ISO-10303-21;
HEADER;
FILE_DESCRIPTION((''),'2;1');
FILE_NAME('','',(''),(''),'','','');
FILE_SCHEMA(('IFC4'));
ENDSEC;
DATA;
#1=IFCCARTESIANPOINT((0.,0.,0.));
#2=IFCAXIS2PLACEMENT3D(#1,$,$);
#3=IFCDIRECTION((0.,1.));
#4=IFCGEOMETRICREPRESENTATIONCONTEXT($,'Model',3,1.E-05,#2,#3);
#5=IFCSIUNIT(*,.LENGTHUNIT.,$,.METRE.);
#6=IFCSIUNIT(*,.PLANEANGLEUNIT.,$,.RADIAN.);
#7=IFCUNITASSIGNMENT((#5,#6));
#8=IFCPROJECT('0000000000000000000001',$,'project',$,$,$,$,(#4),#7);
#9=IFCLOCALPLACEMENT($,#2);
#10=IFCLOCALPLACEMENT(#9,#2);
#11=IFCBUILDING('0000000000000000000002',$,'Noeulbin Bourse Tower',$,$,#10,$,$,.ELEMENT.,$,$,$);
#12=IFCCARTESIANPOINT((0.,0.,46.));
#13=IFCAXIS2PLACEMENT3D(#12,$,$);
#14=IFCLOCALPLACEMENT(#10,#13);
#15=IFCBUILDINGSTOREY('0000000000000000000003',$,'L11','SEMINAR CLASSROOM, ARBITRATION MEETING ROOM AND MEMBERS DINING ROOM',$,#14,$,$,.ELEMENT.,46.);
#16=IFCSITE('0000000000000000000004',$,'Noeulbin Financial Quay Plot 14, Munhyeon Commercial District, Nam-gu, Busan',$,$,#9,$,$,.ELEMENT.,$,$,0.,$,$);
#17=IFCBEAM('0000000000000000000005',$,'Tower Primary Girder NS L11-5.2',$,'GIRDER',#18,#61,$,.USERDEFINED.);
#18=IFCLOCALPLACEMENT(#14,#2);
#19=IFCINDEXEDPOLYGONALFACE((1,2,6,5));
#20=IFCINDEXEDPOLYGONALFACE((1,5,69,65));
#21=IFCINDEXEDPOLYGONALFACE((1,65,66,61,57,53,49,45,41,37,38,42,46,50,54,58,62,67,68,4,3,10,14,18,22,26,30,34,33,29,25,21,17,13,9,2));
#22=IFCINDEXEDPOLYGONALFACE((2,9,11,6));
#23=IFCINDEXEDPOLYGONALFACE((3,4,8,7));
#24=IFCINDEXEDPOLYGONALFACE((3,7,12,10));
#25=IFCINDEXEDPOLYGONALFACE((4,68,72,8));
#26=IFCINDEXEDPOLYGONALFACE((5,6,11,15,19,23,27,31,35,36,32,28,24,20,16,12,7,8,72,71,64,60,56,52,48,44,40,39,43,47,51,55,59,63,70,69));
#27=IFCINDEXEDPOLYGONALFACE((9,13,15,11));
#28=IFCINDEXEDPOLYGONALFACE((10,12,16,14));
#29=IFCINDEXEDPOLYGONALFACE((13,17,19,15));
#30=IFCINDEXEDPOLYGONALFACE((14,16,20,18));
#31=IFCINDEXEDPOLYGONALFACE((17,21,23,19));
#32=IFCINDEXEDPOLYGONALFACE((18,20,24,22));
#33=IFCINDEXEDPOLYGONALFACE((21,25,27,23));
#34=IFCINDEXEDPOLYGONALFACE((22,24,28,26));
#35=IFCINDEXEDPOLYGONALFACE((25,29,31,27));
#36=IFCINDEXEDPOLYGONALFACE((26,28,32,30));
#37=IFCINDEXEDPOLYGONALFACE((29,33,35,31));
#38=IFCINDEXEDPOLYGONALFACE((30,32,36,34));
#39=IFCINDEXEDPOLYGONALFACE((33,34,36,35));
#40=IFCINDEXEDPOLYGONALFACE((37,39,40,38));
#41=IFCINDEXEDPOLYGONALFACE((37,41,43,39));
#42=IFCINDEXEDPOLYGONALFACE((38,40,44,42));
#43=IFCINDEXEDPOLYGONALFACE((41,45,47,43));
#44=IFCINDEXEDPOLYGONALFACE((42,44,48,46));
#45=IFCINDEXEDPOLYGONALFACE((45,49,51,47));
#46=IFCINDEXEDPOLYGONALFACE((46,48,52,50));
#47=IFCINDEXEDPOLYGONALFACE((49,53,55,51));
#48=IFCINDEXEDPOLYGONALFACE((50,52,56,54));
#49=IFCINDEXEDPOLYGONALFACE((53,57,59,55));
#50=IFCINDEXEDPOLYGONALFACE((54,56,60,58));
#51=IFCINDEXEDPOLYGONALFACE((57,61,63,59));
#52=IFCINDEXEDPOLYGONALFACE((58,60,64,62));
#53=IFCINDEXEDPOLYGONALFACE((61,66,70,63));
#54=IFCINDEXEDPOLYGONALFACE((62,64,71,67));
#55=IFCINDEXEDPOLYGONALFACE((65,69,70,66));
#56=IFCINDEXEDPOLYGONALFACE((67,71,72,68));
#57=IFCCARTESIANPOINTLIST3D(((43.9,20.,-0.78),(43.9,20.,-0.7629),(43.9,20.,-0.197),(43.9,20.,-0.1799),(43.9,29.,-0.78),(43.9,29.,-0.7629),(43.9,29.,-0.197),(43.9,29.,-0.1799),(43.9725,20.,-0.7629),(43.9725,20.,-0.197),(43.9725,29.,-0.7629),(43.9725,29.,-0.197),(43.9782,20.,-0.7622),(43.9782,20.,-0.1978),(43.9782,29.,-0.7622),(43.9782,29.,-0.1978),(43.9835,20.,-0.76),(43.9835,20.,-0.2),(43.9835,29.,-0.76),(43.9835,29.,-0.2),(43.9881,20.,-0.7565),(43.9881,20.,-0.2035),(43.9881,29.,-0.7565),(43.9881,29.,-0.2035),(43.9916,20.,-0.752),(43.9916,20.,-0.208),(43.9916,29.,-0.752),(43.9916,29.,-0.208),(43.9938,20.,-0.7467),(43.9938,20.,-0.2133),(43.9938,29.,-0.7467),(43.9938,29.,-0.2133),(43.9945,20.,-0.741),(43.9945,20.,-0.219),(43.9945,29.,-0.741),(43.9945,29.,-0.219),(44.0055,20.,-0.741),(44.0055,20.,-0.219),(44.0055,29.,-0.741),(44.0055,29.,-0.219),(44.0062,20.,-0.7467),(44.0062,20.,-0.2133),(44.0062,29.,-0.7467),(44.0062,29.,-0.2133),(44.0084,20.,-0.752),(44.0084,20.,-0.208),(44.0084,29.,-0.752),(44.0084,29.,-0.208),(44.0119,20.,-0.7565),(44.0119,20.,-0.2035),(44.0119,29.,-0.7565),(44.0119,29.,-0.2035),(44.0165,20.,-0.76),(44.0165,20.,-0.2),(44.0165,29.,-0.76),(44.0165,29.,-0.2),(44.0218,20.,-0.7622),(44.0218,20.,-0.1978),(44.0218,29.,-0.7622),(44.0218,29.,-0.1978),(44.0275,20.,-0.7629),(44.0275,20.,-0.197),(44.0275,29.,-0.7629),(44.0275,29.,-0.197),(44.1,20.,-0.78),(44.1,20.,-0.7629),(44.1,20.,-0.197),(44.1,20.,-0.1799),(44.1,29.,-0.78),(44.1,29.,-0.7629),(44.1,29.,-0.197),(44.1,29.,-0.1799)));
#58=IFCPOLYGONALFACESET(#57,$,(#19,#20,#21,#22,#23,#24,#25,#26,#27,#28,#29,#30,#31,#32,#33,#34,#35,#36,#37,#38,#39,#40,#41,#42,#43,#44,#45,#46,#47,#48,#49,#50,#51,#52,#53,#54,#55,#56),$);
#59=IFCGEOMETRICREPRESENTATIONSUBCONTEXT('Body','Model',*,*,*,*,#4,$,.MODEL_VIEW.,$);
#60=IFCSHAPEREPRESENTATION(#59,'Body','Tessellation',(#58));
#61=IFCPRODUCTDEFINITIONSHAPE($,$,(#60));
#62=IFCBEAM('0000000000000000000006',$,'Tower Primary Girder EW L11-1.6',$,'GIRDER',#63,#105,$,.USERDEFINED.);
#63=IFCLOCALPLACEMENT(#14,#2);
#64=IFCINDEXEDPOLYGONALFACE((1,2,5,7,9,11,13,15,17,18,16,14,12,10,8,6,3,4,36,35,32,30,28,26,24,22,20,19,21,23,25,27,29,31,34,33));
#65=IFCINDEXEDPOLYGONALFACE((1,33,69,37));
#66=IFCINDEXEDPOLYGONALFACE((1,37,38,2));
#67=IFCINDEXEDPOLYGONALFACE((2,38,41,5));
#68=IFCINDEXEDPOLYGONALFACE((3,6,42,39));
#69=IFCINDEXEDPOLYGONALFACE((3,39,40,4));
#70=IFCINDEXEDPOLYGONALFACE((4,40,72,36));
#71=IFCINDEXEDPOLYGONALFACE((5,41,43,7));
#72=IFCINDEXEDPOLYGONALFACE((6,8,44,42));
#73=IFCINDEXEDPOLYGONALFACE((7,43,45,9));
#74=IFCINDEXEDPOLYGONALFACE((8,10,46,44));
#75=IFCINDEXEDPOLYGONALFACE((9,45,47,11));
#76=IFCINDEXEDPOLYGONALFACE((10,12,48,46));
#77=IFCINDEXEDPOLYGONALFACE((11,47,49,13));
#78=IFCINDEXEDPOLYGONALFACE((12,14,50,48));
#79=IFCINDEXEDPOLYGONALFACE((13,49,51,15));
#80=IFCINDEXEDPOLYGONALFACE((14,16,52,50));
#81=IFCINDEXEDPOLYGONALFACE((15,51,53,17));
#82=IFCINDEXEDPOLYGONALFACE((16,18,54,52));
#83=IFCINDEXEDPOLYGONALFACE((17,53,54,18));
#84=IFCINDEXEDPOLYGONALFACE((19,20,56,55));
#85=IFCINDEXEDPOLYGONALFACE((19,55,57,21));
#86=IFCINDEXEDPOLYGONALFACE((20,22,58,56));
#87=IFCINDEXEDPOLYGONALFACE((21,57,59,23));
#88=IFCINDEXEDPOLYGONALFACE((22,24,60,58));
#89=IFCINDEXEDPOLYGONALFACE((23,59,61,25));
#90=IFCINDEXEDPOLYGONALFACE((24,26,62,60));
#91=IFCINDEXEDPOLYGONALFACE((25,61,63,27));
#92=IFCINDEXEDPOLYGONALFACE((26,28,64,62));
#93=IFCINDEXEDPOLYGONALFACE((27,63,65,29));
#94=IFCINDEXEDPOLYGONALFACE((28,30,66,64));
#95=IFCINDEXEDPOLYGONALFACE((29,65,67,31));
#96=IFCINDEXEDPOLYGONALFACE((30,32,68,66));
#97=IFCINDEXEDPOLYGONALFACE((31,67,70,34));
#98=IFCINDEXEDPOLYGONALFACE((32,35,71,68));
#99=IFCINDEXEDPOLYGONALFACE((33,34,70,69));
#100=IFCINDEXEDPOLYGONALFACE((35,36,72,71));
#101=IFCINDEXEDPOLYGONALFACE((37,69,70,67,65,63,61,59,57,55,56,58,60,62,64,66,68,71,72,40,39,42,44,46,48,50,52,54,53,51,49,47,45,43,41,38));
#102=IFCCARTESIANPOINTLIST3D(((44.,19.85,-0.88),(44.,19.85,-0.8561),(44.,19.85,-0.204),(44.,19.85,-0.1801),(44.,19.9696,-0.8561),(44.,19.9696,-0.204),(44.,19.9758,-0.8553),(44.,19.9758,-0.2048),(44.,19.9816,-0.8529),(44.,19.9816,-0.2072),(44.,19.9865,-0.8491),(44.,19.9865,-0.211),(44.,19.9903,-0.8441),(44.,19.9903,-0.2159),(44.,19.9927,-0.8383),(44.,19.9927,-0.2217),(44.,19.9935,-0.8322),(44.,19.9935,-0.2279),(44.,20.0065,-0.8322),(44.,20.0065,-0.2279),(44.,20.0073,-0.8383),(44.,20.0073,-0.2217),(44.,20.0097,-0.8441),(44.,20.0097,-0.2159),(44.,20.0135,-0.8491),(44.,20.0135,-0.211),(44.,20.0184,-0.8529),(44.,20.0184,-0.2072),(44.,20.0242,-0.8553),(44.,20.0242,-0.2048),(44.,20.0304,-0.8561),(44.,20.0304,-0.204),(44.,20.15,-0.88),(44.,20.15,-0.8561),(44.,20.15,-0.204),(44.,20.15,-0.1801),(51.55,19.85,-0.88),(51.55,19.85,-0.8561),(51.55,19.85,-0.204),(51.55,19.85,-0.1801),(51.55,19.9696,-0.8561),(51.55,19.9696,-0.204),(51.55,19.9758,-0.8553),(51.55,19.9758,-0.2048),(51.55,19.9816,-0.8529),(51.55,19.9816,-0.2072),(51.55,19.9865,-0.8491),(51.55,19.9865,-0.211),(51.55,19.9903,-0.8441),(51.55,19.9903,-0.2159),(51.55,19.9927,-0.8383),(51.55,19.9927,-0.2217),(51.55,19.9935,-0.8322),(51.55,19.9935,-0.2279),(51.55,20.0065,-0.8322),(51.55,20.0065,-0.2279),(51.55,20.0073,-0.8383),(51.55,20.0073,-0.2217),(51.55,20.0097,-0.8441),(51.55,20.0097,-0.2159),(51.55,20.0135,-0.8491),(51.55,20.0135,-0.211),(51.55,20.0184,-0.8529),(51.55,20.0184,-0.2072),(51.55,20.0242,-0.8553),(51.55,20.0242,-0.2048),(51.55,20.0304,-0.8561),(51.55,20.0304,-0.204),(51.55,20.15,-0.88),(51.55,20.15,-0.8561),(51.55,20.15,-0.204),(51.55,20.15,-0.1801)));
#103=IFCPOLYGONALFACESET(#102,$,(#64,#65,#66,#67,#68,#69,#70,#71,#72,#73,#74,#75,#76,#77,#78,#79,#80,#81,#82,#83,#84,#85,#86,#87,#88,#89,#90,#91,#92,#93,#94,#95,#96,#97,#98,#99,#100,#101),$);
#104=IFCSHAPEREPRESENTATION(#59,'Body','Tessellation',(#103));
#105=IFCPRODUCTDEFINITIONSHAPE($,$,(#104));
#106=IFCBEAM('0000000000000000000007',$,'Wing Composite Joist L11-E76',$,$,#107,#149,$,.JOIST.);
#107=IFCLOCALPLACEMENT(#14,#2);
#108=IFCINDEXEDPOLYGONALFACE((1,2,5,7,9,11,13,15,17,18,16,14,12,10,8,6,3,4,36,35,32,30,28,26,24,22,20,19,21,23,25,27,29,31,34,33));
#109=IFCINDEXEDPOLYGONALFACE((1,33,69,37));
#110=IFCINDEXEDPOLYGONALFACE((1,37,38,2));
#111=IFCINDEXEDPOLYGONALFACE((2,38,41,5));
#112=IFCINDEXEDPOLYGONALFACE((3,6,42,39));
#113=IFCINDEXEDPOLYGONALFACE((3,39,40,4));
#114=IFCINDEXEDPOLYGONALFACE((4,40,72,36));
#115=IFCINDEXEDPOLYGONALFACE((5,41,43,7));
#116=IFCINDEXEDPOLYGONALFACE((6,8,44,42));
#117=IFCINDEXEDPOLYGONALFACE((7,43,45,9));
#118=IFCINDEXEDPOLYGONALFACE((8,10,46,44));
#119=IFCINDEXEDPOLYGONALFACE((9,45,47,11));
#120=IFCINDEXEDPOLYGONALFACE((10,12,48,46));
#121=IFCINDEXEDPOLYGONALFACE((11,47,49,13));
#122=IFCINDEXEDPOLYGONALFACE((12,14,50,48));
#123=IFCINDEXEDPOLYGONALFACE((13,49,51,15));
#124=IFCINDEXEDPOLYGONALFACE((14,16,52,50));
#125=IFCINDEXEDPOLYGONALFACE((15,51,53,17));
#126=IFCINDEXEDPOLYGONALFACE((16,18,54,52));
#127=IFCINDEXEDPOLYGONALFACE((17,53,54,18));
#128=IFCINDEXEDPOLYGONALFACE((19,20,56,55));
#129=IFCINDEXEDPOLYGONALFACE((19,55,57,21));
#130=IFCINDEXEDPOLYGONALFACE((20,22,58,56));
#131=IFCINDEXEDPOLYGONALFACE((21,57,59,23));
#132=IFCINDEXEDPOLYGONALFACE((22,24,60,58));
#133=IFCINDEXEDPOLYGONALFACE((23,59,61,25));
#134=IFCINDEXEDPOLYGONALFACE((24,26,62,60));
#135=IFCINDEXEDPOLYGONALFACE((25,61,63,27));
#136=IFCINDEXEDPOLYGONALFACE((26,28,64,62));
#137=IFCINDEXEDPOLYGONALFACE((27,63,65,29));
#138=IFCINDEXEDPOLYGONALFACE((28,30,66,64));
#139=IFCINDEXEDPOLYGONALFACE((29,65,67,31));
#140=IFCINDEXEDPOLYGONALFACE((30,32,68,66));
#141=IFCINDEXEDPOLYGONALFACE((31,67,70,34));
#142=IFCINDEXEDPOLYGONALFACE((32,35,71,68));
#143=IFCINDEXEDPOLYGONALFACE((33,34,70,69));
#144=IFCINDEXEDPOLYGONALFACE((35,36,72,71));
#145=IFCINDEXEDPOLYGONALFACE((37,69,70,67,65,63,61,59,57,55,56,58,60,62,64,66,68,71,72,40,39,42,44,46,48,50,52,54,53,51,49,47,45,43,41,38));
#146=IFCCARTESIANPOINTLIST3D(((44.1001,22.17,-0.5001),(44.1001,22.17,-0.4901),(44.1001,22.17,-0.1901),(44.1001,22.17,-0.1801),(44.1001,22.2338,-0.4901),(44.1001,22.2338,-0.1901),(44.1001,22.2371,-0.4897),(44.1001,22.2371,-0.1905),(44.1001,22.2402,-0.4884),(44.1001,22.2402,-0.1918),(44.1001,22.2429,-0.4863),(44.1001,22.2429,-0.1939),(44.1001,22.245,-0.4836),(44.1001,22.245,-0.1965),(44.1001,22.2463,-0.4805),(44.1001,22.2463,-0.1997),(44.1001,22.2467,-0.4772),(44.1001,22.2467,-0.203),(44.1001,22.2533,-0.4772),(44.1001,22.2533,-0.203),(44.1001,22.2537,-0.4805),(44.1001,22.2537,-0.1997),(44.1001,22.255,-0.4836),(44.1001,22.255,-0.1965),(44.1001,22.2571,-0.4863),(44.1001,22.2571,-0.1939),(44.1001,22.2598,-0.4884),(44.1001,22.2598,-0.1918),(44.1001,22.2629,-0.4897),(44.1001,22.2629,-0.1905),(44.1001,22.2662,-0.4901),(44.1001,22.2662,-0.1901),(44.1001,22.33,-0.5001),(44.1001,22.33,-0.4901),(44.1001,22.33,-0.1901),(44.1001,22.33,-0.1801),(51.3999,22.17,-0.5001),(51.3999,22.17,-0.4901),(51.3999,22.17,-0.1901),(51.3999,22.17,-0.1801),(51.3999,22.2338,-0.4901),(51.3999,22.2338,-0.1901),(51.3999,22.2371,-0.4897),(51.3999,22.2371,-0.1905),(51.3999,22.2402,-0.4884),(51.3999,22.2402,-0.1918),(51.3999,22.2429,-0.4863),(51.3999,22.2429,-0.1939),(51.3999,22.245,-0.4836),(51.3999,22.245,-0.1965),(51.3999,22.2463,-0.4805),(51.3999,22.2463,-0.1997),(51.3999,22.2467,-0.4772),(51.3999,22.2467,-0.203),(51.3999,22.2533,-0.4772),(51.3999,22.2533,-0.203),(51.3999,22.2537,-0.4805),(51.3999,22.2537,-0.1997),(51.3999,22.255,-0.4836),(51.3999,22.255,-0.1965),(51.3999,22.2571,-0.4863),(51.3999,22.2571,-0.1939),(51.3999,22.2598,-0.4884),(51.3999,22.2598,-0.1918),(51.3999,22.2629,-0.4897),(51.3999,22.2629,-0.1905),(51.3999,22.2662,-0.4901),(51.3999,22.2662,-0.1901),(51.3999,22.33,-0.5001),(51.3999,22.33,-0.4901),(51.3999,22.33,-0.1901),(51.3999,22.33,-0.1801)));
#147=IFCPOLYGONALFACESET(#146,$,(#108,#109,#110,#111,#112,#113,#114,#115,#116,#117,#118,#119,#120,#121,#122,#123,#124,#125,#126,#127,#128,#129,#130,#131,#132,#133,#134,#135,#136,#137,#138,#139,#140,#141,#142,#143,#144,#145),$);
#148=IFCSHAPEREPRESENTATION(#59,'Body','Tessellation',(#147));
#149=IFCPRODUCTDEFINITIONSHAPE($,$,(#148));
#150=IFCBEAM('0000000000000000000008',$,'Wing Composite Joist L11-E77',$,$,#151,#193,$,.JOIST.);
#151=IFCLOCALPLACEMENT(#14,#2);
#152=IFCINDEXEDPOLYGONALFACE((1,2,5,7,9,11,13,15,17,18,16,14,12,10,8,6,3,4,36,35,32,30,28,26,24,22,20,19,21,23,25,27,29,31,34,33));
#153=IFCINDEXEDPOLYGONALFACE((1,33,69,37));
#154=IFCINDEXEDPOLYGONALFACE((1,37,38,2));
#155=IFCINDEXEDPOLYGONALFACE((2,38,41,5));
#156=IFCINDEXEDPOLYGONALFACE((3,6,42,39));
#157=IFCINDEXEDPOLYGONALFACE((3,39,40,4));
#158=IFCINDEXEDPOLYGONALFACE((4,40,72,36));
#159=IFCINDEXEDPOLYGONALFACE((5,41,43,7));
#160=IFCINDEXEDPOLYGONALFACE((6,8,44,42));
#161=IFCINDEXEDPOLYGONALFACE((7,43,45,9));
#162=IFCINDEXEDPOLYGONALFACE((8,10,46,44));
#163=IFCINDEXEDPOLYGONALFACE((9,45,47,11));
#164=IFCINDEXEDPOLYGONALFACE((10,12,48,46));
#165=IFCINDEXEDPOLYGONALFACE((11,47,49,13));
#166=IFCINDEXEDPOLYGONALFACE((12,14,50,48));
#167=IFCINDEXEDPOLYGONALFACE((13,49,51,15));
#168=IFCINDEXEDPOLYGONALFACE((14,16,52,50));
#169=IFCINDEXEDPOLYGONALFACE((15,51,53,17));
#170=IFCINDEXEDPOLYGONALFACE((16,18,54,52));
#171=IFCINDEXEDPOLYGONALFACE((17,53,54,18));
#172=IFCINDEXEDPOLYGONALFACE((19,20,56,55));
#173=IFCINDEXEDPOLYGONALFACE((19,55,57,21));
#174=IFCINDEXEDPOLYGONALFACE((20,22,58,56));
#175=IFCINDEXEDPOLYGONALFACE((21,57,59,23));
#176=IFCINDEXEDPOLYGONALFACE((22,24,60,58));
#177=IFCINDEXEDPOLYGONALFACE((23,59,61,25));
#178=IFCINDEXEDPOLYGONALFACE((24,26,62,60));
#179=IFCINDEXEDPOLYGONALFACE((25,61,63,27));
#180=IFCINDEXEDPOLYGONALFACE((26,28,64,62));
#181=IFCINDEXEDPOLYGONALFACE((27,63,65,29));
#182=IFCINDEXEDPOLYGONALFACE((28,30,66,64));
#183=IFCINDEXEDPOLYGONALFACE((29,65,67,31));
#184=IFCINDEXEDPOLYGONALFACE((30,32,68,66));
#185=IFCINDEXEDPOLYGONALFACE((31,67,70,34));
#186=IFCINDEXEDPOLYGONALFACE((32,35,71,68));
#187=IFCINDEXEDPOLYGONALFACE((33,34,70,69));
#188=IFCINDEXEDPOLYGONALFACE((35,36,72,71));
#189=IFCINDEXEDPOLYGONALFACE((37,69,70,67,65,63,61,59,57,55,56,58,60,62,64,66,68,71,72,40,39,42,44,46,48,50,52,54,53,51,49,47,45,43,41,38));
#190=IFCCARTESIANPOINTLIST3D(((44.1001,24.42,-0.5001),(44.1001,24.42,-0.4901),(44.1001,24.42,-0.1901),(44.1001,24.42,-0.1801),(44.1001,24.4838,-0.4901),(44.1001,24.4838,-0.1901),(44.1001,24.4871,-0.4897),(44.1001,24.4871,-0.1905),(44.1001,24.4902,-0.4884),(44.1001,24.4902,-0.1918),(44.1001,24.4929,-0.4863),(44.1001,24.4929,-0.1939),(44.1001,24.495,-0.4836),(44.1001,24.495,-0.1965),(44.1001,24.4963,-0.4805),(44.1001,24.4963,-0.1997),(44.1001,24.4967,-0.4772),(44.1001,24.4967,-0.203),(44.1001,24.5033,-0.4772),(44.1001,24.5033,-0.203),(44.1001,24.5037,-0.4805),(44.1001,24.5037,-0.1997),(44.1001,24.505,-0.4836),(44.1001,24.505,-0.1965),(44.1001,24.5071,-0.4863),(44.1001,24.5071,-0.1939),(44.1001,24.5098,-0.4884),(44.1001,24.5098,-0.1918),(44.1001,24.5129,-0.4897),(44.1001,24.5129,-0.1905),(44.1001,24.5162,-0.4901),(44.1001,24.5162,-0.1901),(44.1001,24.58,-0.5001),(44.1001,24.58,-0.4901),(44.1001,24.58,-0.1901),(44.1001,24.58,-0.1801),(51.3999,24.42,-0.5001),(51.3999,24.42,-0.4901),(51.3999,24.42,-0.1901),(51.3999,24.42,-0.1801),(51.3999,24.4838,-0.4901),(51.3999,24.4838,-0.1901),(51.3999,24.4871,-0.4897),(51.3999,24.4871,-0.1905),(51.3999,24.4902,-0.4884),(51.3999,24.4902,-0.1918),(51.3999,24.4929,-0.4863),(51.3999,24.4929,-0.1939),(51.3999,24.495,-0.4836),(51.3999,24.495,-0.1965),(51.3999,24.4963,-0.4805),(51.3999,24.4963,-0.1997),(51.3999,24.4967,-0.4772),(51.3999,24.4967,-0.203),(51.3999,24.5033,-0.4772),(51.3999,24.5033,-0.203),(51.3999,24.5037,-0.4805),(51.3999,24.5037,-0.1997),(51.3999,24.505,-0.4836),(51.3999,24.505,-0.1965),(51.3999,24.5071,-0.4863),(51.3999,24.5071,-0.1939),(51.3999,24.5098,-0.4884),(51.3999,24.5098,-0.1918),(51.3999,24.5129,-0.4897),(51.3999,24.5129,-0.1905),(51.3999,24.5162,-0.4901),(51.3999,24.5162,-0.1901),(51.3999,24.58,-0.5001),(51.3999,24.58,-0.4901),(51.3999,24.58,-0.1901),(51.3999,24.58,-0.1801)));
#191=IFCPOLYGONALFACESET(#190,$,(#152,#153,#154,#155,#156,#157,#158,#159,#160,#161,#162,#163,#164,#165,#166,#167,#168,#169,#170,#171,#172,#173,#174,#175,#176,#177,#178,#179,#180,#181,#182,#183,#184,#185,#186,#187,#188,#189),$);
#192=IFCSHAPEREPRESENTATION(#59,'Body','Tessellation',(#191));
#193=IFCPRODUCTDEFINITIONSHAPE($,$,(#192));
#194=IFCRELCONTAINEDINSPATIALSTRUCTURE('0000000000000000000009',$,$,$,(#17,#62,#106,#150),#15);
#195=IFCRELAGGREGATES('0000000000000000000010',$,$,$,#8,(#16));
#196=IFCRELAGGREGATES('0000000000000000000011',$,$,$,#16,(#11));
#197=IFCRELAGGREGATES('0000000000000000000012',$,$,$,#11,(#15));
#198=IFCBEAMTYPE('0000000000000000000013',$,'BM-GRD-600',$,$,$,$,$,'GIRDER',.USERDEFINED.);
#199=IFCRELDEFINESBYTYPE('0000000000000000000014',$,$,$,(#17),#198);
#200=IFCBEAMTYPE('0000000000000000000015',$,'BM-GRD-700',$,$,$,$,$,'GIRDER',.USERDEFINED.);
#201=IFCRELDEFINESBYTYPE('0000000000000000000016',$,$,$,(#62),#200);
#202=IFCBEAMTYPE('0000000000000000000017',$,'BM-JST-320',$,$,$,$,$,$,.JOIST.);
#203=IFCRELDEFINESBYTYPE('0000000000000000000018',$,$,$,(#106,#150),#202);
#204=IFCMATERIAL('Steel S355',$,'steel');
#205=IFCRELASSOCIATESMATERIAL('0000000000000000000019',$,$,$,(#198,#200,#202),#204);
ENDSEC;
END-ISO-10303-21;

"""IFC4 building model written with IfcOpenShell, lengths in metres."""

from ifc_helpers import new_model, si_unit, direction, frame, origin, origin_2d, place, context, subcontext, project, spatial, i_section, extrude, material, material_profile, profile_set, type_object, element, save


model = new_model("IFC4")

# Units and contexts
model_context = context("Model", 3, precision=1e-05, world=origin(), true_north=direction((0.0, 1.0)))
body_context = subcontext(model_context, "Body", "Model", "MODEL_VIEW")
ifc_project = project(units=[si_unit("LENGTHUNIT", "METRE"), si_unit("PLANEANGLEUNIT", "RADIAN")], contexts=[model_context])

# Site, building, storey
site_placement = place(None, origin())
site = spatial("IfcSite", under=ifc_project, at=site_placement, Name="Noeulbin Financial Quay Plot 14, Munhyeon Commercial District, Nam-gu, Busan", CompositionType="ELEMENT", RefElevation=0.0)
building_placement = place(site_placement, origin())
building = spatial("IfcBuilding", under=site, at=building_placement, Name="Noeulbin Bourse Tower", CompositionType="ELEMENT")
storey_placement = place(building_placement, frame((0.0, 0.0, 46.0)))
storey = spatial("IfcBuildingStorey", under=building, at=storey_placement, Name="L11", Description="SEMINAR CLASSROOM, ARBITRATION MEETING ROOM AND MEMBERS DINING ROOM", CompositionType="ELEMENT", Elevation=46.0)

# Beams
ifc_material_1 = material(Name="Steel S355", Category="steel")
ifc_material_profile_1 = material_profile(ifc_material_1, i_section(OverallWidth=0.2, OverallDepth=0.6001, WebThickness=0.011, FlangeThickness=0.0171, FilletRadius=0.022, at=origin_2d()), Name="H-600x200x11x17", Category="LoadBearing")
ifc_profile_set_1 = profile_set([ifc_material_profile_1], Name="Steel S355")
beam_type_1 = type_object("IfcBeamType", Name="BM-GRD-600", ElementType="GIRDER", PredefinedType="USERDEFINED", material=ifc_profile_set_1)
beam_1_placement = place(storey_placement, frame((44.0, 20.0, -0.48), z_axis=(0.0, 1.0, 0.0), x_axis=(-1.0, 0.0, 0.0)))
element("IfcBeam", 1, at=beam_1_placement, inside=storey, type_object=beam_type_1, Name="Tower Primary Girder NS L11-5.2", ObjectType="GIRDER", PredefinedType="USERDEFINED", context=body_context, shape_type="SweptSolid", body=[
    extrude(i_section(OverallWidth=0.2, OverallDepth=0.6001, WebThickness=0.011, FlangeThickness=0.0171, FilletRadius=0.022, at=origin_2d()), origin(), (0.0, 0.0, 1.0), 9.0),
])
ifc_material_profile_2 = material_profile(ifc_material_1, i_section(OverallWidth=0.3, OverallDepth=0.7, WebThickness=0.0129, FlangeThickness=0.0239, FilletRadius=0.0239, at=origin_2d()), Name="H-700x300x13x24", Category="LoadBearing")
ifc_profile_set_2 = profile_set([ifc_material_profile_2], Name="Steel S355")
beam_type_2 = type_object("IfcBeamType", Name="BM-GRD-700", ElementType="GIRDER", PredefinedType="USERDEFINED", material=ifc_profile_set_2)
beam_2_placement = place(storey_placement, frame((44.0, 20.0, -0.53), z_axis=(1.0, 0.0, 0.0), x_axis=(0.0, 1.0, 0.0)))
element("IfcBeam", 2, at=beam_2_placement, inside=storey, type_object=beam_type_2, Name="Tower Primary Girder EW L11-1.6", ObjectType="GIRDER", PredefinedType="USERDEFINED", context=body_context, shape_type="SweptSolid", body=[
    extrude(i_section(OverallWidth=0.3, OverallDepth=0.7, WebThickness=0.0129, FlangeThickness=0.0239, FilletRadius=0.0239, at=origin_2d()), origin(), (0.0, 0.0, 1.0), 7.55),
])
ifc_material_profile_3 = material_profile(ifc_material_1, i_section(OverallWidth=0.1599, OverallDepth=0.3201, WebThickness=0.0066, FlangeThickness=0.01, FilletRadius=0.0129, at=origin_2d()), Name="H-320x160x6.5x10", Category="LoadBearing")
ifc_profile_set_3 = profile_set([ifc_material_profile_3], Name="Steel S355")
beam_type_3 = type_object("IfcBeamType", Name="BM-JST-320", PredefinedType="JOIST", material=ifc_profile_set_3)
for number, where, z_axis, x_axis, name in (
    (3, (44.1001, 22.25, -0.3401), (1.0, 0.0, 0.0), (0.0, 1.0, 0.0), "Wing Composite Joist L11-E76"),
    (4, (44.1001, 24.5, -0.3401), (1.0, 0.0, 0.0), (0.0, 1.0, 0.0), "Wing Composite Joist L11-E77"),
):
    element("IfcBeam", number, at=place(storey_placement, frame(where, z_axis=z_axis, x_axis=x_axis)), inside=storey, type_object=beam_type_3, Name=name, PredefinedType="JOIST", context=body_context, shape_type="SweptSolid", body=[
        extrude(i_section(OverallWidth=0.1599, OverallDepth=0.3201, WebThickness=0.0066, FlangeThickness=0.01, FilletRadius=0.0129, at=origin_2d()), origin(), (0.0, 0.0, 1.0), 7.2998),
    ])

save(model, "model.ifc")
